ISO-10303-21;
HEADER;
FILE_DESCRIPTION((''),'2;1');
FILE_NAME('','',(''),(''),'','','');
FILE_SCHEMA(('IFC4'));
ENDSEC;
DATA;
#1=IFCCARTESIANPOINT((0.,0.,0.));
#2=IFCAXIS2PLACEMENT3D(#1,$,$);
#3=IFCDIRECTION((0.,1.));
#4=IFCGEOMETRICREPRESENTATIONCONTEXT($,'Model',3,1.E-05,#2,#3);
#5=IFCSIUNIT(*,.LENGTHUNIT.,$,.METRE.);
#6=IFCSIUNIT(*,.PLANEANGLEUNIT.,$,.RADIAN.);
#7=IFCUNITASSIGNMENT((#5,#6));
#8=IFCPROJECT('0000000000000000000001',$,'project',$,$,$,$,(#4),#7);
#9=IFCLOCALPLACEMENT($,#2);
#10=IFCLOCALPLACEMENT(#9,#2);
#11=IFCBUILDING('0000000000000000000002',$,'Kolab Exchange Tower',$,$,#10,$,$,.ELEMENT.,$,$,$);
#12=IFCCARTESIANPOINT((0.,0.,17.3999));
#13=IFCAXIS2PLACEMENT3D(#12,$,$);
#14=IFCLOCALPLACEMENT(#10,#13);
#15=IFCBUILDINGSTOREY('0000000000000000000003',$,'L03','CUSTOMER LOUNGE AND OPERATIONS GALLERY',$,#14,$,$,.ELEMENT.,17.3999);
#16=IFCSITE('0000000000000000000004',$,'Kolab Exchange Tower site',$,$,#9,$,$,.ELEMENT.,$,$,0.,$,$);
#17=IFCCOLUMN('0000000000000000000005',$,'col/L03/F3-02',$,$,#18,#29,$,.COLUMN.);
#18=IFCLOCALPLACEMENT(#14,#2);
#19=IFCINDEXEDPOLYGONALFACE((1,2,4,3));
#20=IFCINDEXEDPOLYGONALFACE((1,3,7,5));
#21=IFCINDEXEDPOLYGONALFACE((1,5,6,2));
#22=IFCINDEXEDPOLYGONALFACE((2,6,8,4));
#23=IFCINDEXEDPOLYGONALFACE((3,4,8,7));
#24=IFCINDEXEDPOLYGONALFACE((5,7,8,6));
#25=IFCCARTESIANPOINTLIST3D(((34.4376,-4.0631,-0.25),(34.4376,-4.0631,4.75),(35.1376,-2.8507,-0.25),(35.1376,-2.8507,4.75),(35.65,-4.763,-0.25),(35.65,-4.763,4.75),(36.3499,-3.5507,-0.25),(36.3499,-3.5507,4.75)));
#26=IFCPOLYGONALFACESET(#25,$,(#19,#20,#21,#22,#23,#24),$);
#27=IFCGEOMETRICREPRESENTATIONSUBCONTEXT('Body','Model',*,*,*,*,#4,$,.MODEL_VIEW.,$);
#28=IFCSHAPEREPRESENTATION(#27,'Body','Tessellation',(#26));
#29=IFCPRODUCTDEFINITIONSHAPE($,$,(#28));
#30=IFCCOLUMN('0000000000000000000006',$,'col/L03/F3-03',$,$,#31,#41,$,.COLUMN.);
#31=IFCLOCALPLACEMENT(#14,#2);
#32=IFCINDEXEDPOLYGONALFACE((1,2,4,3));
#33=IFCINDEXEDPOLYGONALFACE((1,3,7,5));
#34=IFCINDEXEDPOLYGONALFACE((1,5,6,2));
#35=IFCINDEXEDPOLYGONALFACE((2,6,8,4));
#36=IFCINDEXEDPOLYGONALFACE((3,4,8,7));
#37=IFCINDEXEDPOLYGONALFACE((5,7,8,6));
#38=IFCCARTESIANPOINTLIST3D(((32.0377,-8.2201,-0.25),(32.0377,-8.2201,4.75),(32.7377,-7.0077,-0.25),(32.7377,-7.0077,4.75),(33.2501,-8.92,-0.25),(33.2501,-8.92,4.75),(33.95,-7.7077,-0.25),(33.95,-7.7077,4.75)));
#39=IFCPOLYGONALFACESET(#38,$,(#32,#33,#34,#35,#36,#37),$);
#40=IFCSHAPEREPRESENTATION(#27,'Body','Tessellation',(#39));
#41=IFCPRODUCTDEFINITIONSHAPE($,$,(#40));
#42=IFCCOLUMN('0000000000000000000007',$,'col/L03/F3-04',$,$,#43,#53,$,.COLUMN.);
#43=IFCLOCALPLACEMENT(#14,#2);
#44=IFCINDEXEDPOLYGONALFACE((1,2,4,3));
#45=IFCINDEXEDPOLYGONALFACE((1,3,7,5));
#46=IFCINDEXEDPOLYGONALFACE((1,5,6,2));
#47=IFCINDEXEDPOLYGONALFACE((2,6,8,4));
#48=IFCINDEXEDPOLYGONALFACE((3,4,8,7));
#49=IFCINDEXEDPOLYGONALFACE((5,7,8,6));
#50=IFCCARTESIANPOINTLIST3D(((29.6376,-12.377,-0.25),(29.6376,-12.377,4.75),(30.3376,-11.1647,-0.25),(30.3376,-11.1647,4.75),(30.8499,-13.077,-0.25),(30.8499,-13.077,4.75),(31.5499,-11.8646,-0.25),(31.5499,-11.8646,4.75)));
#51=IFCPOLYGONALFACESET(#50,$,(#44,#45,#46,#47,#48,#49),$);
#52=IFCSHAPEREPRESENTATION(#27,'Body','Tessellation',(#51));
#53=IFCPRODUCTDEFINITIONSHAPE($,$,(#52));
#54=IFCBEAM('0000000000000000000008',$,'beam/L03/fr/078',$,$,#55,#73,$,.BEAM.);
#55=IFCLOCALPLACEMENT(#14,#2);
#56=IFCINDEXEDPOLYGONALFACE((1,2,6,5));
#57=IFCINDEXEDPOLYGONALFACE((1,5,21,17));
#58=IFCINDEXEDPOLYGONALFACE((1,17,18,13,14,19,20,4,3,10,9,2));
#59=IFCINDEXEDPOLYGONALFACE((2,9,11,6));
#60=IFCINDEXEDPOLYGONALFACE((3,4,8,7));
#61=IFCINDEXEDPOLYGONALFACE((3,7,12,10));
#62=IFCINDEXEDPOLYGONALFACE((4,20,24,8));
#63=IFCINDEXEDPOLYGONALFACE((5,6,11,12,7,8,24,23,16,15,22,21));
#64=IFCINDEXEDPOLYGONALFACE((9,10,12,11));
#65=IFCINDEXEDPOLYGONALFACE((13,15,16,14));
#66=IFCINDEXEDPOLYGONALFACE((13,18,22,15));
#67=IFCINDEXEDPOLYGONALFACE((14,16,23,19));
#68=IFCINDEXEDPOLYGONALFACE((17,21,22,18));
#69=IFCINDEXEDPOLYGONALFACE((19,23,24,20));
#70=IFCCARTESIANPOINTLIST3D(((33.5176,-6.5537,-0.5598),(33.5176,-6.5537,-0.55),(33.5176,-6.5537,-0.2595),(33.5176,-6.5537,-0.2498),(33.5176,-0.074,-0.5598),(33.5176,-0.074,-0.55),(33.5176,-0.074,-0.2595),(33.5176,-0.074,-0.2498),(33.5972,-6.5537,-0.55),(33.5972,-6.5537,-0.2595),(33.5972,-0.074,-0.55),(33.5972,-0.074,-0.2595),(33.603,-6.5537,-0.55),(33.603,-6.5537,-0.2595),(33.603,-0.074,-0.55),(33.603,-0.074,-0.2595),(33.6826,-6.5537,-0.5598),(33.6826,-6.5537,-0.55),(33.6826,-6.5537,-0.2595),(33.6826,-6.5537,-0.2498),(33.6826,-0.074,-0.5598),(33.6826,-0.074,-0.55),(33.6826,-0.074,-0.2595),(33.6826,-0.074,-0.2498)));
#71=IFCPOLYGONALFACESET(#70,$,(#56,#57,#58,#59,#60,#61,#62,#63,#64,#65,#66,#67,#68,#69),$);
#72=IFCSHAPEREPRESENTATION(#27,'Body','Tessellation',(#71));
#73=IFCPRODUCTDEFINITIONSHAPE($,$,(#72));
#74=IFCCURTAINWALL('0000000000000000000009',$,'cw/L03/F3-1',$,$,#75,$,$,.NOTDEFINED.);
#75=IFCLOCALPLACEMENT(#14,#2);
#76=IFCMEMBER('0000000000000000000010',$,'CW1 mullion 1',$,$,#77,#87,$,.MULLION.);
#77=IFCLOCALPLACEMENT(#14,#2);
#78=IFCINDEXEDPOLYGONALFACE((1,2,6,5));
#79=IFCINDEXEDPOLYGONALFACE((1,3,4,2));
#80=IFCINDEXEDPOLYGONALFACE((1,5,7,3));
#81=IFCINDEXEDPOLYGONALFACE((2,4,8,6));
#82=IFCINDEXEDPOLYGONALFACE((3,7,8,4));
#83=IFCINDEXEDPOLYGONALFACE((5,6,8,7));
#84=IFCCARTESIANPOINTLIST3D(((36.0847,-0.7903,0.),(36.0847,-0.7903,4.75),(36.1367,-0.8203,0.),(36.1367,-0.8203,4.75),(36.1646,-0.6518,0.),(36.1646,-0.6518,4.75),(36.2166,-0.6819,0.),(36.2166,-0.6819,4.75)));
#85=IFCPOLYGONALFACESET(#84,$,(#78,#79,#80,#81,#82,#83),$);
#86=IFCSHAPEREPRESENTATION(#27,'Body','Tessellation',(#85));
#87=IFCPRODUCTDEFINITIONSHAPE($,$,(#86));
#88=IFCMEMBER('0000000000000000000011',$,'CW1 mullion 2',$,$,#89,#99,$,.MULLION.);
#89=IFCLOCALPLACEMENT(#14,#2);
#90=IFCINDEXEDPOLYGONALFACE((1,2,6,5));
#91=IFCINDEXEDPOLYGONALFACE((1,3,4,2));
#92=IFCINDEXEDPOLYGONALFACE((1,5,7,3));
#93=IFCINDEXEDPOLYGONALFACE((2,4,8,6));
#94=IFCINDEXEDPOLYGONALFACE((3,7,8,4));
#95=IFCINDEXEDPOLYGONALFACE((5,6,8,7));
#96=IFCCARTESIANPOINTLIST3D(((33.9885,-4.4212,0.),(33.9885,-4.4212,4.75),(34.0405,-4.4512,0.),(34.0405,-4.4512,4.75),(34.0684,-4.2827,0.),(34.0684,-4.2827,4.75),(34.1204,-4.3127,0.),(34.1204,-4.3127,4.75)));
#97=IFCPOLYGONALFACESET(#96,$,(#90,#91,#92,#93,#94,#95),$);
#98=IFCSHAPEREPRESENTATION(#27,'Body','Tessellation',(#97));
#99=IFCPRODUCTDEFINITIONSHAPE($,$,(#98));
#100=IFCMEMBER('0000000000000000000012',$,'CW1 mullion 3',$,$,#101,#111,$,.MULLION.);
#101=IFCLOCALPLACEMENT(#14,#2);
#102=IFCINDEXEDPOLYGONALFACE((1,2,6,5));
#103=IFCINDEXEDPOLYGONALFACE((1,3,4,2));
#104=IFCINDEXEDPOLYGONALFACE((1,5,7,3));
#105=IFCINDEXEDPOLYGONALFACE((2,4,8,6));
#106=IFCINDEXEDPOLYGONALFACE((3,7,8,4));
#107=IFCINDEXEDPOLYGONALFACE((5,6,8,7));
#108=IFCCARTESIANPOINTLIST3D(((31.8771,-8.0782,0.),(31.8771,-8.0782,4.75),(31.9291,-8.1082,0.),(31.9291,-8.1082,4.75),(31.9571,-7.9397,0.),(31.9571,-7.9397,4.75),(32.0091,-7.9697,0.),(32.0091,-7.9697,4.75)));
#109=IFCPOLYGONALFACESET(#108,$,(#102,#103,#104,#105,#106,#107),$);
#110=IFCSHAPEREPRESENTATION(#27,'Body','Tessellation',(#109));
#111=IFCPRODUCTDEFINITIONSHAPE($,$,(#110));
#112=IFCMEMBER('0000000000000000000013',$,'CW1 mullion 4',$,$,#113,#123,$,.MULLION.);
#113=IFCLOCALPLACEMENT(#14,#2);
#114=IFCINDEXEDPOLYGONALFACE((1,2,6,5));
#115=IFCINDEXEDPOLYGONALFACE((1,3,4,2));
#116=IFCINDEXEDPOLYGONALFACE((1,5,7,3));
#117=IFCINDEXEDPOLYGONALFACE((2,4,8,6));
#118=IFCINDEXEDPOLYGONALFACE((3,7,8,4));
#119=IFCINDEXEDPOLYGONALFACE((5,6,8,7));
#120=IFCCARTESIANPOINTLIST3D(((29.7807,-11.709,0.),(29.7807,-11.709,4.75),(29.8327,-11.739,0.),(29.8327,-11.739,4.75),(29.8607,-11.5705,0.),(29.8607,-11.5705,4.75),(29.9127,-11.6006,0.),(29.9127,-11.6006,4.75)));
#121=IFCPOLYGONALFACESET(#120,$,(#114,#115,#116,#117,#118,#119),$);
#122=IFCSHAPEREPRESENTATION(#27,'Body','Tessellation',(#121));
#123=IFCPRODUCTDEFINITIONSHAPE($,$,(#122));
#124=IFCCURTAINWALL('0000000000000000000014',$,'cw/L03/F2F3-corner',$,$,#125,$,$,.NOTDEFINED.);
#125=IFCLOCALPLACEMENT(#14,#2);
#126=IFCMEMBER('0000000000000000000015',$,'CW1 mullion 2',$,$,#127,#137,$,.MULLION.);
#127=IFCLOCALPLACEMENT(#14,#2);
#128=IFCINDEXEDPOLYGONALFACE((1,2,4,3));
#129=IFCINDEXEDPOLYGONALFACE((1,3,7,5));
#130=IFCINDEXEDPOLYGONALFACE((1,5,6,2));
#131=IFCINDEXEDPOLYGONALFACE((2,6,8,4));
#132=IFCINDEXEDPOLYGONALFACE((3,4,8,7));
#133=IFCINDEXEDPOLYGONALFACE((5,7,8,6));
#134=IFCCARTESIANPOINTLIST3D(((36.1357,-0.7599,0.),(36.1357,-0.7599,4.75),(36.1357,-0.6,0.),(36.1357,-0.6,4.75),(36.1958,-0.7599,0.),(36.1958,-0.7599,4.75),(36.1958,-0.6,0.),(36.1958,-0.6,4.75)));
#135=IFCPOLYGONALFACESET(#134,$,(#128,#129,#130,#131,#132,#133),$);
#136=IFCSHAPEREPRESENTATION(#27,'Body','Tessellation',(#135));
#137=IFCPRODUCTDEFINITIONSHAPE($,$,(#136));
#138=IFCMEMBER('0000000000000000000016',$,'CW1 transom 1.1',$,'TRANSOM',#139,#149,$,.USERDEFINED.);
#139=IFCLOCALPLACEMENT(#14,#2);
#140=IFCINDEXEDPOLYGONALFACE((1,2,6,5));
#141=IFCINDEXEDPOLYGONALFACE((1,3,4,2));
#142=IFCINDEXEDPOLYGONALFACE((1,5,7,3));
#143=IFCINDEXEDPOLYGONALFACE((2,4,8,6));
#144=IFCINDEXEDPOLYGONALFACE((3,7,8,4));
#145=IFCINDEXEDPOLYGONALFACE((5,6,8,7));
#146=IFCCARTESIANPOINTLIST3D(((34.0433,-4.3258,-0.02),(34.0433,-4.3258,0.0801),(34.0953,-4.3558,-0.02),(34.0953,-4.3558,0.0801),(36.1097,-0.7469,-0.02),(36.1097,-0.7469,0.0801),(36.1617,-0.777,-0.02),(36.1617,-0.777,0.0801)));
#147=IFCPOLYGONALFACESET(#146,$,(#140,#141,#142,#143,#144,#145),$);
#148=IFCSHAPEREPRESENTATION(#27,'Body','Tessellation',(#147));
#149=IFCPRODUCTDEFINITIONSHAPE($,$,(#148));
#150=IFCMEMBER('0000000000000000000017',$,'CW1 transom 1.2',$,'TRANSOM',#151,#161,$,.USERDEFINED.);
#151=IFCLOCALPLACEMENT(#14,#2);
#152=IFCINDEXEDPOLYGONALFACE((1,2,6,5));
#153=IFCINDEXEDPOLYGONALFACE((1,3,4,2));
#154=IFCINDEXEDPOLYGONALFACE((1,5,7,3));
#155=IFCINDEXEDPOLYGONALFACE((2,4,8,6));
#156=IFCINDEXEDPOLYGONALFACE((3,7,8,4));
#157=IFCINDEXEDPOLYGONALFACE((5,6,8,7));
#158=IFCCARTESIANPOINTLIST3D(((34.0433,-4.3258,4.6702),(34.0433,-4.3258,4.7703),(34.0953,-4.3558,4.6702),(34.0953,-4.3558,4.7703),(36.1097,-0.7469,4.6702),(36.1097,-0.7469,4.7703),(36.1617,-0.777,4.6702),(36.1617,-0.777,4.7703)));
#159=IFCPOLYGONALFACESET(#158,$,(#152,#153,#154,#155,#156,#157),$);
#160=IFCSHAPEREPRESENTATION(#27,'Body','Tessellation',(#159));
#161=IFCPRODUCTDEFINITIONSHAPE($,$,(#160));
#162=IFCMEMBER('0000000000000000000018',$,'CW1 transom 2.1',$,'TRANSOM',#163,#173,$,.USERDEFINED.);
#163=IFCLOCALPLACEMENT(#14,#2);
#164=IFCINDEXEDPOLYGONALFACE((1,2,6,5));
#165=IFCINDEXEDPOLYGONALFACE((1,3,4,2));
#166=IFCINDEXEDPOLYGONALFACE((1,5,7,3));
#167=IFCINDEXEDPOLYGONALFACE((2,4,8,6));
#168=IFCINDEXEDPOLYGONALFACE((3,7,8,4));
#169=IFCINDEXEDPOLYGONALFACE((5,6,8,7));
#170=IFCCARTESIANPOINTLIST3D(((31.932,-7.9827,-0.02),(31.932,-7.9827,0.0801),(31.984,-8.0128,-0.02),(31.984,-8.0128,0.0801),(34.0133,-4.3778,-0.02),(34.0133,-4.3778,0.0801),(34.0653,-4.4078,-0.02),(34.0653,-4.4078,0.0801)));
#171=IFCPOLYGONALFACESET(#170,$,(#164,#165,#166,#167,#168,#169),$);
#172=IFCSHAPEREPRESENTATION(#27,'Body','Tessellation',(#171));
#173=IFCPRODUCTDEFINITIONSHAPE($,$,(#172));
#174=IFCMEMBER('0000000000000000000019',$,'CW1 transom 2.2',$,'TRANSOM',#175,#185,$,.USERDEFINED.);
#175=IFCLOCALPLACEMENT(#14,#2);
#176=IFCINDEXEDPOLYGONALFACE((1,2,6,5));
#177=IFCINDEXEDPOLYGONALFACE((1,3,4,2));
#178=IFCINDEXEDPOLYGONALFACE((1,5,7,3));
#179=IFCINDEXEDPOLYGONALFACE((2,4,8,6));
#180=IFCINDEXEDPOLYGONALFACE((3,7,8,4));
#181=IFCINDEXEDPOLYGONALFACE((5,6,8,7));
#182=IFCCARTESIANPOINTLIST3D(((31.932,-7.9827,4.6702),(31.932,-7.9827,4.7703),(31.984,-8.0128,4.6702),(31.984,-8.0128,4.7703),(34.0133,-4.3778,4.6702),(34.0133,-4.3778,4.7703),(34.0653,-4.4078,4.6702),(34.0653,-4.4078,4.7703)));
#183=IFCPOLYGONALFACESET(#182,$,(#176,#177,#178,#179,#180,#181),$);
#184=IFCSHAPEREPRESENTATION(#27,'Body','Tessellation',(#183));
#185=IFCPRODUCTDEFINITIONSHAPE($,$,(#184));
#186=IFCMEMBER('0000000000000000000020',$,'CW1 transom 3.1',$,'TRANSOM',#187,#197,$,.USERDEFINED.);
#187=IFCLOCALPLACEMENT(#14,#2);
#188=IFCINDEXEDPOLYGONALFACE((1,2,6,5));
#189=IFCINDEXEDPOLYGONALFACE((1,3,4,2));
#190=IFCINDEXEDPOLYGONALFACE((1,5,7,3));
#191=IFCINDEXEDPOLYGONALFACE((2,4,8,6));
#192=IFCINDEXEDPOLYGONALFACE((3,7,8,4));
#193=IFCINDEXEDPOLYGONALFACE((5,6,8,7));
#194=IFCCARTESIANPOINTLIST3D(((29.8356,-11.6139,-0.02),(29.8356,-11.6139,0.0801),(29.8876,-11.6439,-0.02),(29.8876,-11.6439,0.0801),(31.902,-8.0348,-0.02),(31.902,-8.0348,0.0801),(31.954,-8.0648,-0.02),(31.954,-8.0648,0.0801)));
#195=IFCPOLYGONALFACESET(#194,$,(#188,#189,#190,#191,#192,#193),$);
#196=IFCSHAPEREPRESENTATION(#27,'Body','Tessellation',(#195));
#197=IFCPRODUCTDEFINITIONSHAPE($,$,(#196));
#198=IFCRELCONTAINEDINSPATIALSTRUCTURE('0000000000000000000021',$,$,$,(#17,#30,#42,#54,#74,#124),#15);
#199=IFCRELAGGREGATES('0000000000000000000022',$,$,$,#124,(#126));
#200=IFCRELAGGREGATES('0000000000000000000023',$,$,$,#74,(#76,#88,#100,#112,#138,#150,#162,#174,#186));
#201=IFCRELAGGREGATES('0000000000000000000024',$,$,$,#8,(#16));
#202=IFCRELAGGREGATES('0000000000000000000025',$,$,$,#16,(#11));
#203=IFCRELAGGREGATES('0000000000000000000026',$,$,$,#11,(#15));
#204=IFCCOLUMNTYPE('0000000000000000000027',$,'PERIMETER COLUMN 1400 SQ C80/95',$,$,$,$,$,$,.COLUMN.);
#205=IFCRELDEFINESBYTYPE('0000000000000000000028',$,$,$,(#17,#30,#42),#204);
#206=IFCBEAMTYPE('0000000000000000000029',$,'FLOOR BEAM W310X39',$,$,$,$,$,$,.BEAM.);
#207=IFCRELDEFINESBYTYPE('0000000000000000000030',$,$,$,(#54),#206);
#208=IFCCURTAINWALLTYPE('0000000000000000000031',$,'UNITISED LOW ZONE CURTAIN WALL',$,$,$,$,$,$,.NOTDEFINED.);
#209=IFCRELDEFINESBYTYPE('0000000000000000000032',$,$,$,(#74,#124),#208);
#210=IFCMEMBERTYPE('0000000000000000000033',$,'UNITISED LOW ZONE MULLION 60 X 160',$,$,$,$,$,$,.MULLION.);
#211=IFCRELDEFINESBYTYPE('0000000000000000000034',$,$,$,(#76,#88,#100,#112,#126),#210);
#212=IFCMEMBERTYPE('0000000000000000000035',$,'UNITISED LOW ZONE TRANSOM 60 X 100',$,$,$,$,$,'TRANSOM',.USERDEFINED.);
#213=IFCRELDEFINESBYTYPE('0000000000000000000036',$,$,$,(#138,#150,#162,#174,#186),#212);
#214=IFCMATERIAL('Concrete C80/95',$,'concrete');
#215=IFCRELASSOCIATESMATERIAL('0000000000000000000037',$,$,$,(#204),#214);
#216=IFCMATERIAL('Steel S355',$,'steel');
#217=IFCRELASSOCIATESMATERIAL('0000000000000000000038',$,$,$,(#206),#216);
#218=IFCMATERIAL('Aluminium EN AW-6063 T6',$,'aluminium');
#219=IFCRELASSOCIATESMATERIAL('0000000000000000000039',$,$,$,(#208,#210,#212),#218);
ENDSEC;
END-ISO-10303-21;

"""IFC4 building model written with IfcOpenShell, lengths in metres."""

from ifc_helpers import new_model, si_unit, direction, frame, origin, origin_2d, place, context, subcontext, project, spatial, rectangle, i_section, extrude, material, material_profile, profile_set, type_object, element, aggregate, save


model = new_model("IFC4")

# Units and contexts
model_context = context("Model", 3, precision=1e-05, world=origin(), true_north=direction((0.0, 1.0)))
body_context = subcontext(model_context, "Body", "Model", "MODEL_VIEW")
ifc_project = project(units=[si_unit("LENGTHUNIT", "METRE"), si_unit("PLANEANGLEUNIT", "RADIAN")], contexts=[model_context])

# Site, building, storey
site_placement = place(None, origin())
site = spatial("IfcSite", under=ifc_project, at=site_placement, Name="Kolab Exchange Tower site", CompositionType="ELEMENT", RefElevation=0.0)
building_placement = place(site_placement, origin())
building = spatial("IfcBuilding", under=site, at=building_placement, Name="Kolab Exchange Tower", CompositionType="ELEMENT")
storey_placement = place(building_placement, frame((0.0, 0.0, 17.3999)))
storey = spatial("IfcBuildingStorey", under=building, at=storey_placement, Name="L03", Description="CUSTOMER LOUNGE AND OPERATIONS GALLERY", CompositionType="ELEMENT", Elevation=17.3999)

# Columns
ifc_material_1 = material(Name="Concrete C80/95", Category="concrete")
ifc_material_profile_1 = material_profile(ifc_material_1, rectangle(XDim=1.3999, YDim=1.3999, at=origin_2d()), Name="RC1400")
ifc_profile_set_1 = profile_set([ifc_material_profile_1], Name="Concrete C80/95")
column_type = type_object("IfcColumnType", Name="PERIMETER COLUMN 1400 SQ C80/95", PredefinedType="COLUMN", material=ifc_profile_set_1)
for number, where, z_axis, x_axis, name in (
    (1, (35.3938, -3.8069, -0.25), (0.0, 0.0, 1.0), (0.5, 0.866025, 0.0), "col/L03/F3-02"),
    (2, (32.9939, -7.9639, -0.25), (0.0, 0.0, 1.0), (0.5, 0.866025, 0.0), "col/L03/F3-03"),
    (3, (30.5938, -12.1208, -0.25), (0.0, 0.0, 1.0), (0.5, 0.866025, 0.0), "col/L03/F3-04"),
):
    element("IfcColumn", number, at=place(storey_placement, frame(where, z_axis=z_axis, x_axis=x_axis)), inside=storey, type_object=column_type, Name=name, PredefinedType="COLUMN", context=body_context, shape_type="SweptSolid", body=[
        extrude(rectangle(XDim=1.3999, YDim=1.3999, at=origin_2d()), origin(), (0.0, 0.0, 1.0), 5.0),
    ])

# Beam
ifc_material_2 = material(Name="Steel S355", Category="steel")
ifc_material_profile_2 = material_profile(ifc_material_2, i_section(OverallWidth=0.165, OverallDepth=0.3101, WebThickness=0.0059, FlangeThickness=0.0098, at=origin_2d()), Name="W310X39")
ifc_profile_set_2 = profile_set([ifc_material_profile_2], Name="Steel S355")
beam_type = type_object("IfcBeamType", Name="FLOOR BEAM W310X39", PredefinedType="BEAM", material=ifc_profile_set_2)
beam_placement = place(storey_placement, frame((33.6001, -6.5537, -0.4048), z_axis=(0.0, 1.0, 0.0), x_axis=(-1.0, 0.0, 0.0)))
element("IfcBeam", 4, at=beam_placement, inside=storey, type_object=beam_type, Name="beam/L03/fr/078", PredefinedType="BEAM", context=body_context, shape_type="SweptSolid", body=[
    extrude(i_section(OverallWidth=0.165, OverallDepth=0.3101, WebThickness=0.0059, FlangeThickness=0.0098, at=origin_2d()), origin(), (0.0, 0.0, 1.0), 6.4797),
])

# Curtain wall, members
ifc_material_3 = material(Name="Aluminium EN AW-6063 T6", Category="aluminium")
curtain_wall_type = type_object("IfcCurtainWallType", Name="UNITISED LOW ZONE CURTAIN WALL", PredefinedType="NOTDEFINED", material=ifc_material_3)
curtain_wall_1_placement = place(storey_placement, origin())
curtain_wall_1 = element("IfcCurtainWall", 5, at=curtain_wall_1_placement, inside=storey, type_object=curtain_wall_type, Name="cw/L03/F3-1", PredefinedType="NOTDEFINED")
ifc_material_profile_3 = material_profile(ifc_material_3, rectangle(XDim=0.0601, YDim=0.1599, at=origin_2d()), Name="RECT 60X160")
ifc_profile_set_3 = profile_set([ifc_material_profile_3], Name="Aluminium EN AW-6063 T6")
member_type_1 = type_object("IfcMemberType", Name="UNITISED LOW ZONE MULLION 60 X 160", PredefinedType="MULLION", material=ifc_profile_set_3)
member_1_placement = place(storey_placement, frame((36.1506, -0.7361, 0.0), z_axis=(0.0, 0.0, 1.0), x_axis=(0.866025, -0.5, 0.0)))
member_1 = element("IfcMember", 6, at=member_1_placement, type_object=member_type_1, Name="CW1 mullion 1", PredefinedType="MULLION", context=body_context, shape_type="SweptSolid", body=[
    extrude(rectangle(XDim=0.0601, YDim=0.1599, at=origin_2d()), origin(), (0.0, 0.0, 1.0), 4.75),
])
member_2_placement = place(storey_placement, frame((34.0544, -4.3669, 0.0), z_axis=(0.0, 0.0, 1.0), x_axis=(0.866025, -0.5, 0.0)))
member_2 = element("IfcMember", 7, at=member_2_placement, type_object=member_type_1, Name="CW1 mullion 2", PredefinedType="MULLION", context=body_context, shape_type="SweptSolid", body=[
    extrude(rectangle(XDim=0.0601, YDim=0.1599, at=origin_2d()), origin(), (0.0, 0.0, 1.0), 4.75),
])
member_3_placement = place(storey_placement, frame((31.9431, -8.0239, 0.0), z_axis=(0.0, 0.0, 1.0), x_axis=(0.866025, -0.5, 0.0)))
member_3 = element("IfcMember", 8, at=member_3_placement, type_object=member_type_1, Name="CW1 mullion 3", PredefinedType="MULLION", context=body_context, shape_type="SweptSolid", body=[
    extrude(rectangle(XDim=0.0601, YDim=0.1599, at=origin_2d()), origin(), (0.0, 0.0, 1.0), 4.75),
])
member_4_placement = place(storey_placement, frame((29.8467, -11.6548, 0.0), z_axis=(0.0, 0.0, 1.0), x_axis=(0.866025, -0.5, 0.0)))
member_4 = element("IfcMember", 9, at=member_4_placement, type_object=member_type_1, Name="CW1 mullion 4", PredefinedType="MULLION", context=body_context, shape_type="SweptSolid", body=[
    extrude(rectangle(XDim=0.0601, YDim=0.1599, at=origin_2d()), origin(), (0.0, 0.0, 1.0), 4.75),
])

# Curtain wall, member
curtain_wall_2_placement = place(storey_placement, origin())
curtain_wall_2 = element("IfcCurtainWall", 10, at=curtain_wall_2_placement, inside=storey, type_object=curtain_wall_type, Name="cw/L03/F2F3-corner", PredefinedType="NOTDEFINED")
member_5_placement = place(storey_placement, frame((36.1658, -0.6799, 0.0), z_axis=(0.0, 0.0, 1.0), x_axis=(1.0, 0.0, 0.0)))
member_5 = element("IfcMember", 11, at=member_5_placement, type_object=member_type_1, Name="CW1 mullion 2", PredefinedType="MULLION", context=body_context, shape_type="SweptSolid", body=[
    extrude(rectangle(XDim=0.0601, YDim=0.1599, at=origin_2d()), origin(), (0.0, 0.0, 1.0), 4.75),
])
aggregate(curtain_wall_2, [member_5])

# Members
ifc_material_profile_4 = material_profile(ifc_material_3, rectangle(XDim=0.0601, YDim=0.1001, at=origin_2d()), Name="RECT 60X100")
ifc_profile_set_4 = profile_set([ifc_material_profile_4], Name="Aluminium EN AW-6063 T6")
member_type_2 = type_object("IfcMemberType", Name="UNITISED LOW ZONE TRANSOM 60 X 100", ElementType="TRANSOM", PredefinedType="USERDEFINED", material=ifc_profile_set_4)
member_6_placement = place(storey_placement, frame((36.1357, -0.762, 0.03), z_axis=(-0.500028, -0.866009, 0.0), x_axis=(0.866009, -0.500028, 0.0)))
member_6 = element("IfcMember", 12, at=member_6_placement, type_object=member_type_2, Name="CW1 transom 1.1", ObjectType="TRANSOM", PredefinedType="USERDEFINED", context=body_context, shape_type="SweptSolid", body=[
    extrude(rectangle(XDim=0.0601, YDim=0.1001, at=origin_2d()), origin(), (0.0, 0.0, 1.0), 4.1326),
])
member_7_placement = place(storey_placement, frame((36.1357, -0.762, 4.7202), z_axis=(-0.500028, -0.866009, 0.0), x_axis=(0.866009, -0.500028, 0.0)))
member_7 = element("IfcMember", 13, at=member_7_placement, type_object=member_type_2, Name="CW1 transom 1.2", ObjectType="TRANSOM", PredefinedType="USERDEFINED", context=body_context, shape_type="SweptSolid", body=[
    extrude(rectangle(XDim=0.0601, YDim=0.1001, at=origin_2d()), origin(), (0.0, 0.0, 1.0), 4.1326),
])
member_8_placement = place(storey_placement, frame((34.0393, -4.3928, 0.03), z_axis=(-0.499993, -0.866029, 0.0), x_axis=(0.866029, -0.499993, 0.0)))
member_8 = element("IfcMember", 14, at=member_8_placement, type_object=member_type_2, Name="CW1 transom 2.1", ObjectType="TRANSOM", PredefinedType="USERDEFINED", context=body_context, shape_type="SweptSolid", body=[
    extrude(rectangle(XDim=0.0601, YDim=0.1001, at=origin_2d()), origin(), (0.0, 0.0, 1.0), 4.1626),
])
member_9_placement = place(storey_placement, frame((34.0393, -4.3928, 4.7202), z_axis=(-0.499993, -0.866029, 0.0), x_axis=(0.866029, -0.499993, 0.0)))
member_9 = element("IfcMember", 15, at=member_9_placement, type_object=member_type_2, Name="CW1 transom 2.2", ObjectType="TRANSOM", PredefinedType="USERDEFINED", context=body_context, shape_type="SweptSolid", body=[
    extrude(rectangle(XDim=0.0601, YDim=0.1001, at=origin_2d()), origin(), (0.0, 0.0, 1.0), 4.1626),
])
member_10_placement = place(storey_placement, frame((31.928, -8.0498, 0.03), z_axis=(-0.500002, -0.866024, 0.0), x_axis=(0.866024, -0.500002, 0.0)))
member_10 = element("IfcMember", 16, at=member_10_placement, type_object=member_type_2, Name="CW1 transom 3.1", ObjectType="TRANSOM", PredefinedType="USERDEFINED", context=body_context, shape_type="SweptSolid", body=[
    extrude(rectangle(XDim=0.0601, YDim=0.1001, at=origin_2d()), origin(), (0.0, 0.0, 1.0), 4.1328),
])

aggregate(curtain_wall_1, [member_1, member_2, member_3, member_4, member_6, member_7, member_8, member_9, member_10])

save(model, "model.ifc")
